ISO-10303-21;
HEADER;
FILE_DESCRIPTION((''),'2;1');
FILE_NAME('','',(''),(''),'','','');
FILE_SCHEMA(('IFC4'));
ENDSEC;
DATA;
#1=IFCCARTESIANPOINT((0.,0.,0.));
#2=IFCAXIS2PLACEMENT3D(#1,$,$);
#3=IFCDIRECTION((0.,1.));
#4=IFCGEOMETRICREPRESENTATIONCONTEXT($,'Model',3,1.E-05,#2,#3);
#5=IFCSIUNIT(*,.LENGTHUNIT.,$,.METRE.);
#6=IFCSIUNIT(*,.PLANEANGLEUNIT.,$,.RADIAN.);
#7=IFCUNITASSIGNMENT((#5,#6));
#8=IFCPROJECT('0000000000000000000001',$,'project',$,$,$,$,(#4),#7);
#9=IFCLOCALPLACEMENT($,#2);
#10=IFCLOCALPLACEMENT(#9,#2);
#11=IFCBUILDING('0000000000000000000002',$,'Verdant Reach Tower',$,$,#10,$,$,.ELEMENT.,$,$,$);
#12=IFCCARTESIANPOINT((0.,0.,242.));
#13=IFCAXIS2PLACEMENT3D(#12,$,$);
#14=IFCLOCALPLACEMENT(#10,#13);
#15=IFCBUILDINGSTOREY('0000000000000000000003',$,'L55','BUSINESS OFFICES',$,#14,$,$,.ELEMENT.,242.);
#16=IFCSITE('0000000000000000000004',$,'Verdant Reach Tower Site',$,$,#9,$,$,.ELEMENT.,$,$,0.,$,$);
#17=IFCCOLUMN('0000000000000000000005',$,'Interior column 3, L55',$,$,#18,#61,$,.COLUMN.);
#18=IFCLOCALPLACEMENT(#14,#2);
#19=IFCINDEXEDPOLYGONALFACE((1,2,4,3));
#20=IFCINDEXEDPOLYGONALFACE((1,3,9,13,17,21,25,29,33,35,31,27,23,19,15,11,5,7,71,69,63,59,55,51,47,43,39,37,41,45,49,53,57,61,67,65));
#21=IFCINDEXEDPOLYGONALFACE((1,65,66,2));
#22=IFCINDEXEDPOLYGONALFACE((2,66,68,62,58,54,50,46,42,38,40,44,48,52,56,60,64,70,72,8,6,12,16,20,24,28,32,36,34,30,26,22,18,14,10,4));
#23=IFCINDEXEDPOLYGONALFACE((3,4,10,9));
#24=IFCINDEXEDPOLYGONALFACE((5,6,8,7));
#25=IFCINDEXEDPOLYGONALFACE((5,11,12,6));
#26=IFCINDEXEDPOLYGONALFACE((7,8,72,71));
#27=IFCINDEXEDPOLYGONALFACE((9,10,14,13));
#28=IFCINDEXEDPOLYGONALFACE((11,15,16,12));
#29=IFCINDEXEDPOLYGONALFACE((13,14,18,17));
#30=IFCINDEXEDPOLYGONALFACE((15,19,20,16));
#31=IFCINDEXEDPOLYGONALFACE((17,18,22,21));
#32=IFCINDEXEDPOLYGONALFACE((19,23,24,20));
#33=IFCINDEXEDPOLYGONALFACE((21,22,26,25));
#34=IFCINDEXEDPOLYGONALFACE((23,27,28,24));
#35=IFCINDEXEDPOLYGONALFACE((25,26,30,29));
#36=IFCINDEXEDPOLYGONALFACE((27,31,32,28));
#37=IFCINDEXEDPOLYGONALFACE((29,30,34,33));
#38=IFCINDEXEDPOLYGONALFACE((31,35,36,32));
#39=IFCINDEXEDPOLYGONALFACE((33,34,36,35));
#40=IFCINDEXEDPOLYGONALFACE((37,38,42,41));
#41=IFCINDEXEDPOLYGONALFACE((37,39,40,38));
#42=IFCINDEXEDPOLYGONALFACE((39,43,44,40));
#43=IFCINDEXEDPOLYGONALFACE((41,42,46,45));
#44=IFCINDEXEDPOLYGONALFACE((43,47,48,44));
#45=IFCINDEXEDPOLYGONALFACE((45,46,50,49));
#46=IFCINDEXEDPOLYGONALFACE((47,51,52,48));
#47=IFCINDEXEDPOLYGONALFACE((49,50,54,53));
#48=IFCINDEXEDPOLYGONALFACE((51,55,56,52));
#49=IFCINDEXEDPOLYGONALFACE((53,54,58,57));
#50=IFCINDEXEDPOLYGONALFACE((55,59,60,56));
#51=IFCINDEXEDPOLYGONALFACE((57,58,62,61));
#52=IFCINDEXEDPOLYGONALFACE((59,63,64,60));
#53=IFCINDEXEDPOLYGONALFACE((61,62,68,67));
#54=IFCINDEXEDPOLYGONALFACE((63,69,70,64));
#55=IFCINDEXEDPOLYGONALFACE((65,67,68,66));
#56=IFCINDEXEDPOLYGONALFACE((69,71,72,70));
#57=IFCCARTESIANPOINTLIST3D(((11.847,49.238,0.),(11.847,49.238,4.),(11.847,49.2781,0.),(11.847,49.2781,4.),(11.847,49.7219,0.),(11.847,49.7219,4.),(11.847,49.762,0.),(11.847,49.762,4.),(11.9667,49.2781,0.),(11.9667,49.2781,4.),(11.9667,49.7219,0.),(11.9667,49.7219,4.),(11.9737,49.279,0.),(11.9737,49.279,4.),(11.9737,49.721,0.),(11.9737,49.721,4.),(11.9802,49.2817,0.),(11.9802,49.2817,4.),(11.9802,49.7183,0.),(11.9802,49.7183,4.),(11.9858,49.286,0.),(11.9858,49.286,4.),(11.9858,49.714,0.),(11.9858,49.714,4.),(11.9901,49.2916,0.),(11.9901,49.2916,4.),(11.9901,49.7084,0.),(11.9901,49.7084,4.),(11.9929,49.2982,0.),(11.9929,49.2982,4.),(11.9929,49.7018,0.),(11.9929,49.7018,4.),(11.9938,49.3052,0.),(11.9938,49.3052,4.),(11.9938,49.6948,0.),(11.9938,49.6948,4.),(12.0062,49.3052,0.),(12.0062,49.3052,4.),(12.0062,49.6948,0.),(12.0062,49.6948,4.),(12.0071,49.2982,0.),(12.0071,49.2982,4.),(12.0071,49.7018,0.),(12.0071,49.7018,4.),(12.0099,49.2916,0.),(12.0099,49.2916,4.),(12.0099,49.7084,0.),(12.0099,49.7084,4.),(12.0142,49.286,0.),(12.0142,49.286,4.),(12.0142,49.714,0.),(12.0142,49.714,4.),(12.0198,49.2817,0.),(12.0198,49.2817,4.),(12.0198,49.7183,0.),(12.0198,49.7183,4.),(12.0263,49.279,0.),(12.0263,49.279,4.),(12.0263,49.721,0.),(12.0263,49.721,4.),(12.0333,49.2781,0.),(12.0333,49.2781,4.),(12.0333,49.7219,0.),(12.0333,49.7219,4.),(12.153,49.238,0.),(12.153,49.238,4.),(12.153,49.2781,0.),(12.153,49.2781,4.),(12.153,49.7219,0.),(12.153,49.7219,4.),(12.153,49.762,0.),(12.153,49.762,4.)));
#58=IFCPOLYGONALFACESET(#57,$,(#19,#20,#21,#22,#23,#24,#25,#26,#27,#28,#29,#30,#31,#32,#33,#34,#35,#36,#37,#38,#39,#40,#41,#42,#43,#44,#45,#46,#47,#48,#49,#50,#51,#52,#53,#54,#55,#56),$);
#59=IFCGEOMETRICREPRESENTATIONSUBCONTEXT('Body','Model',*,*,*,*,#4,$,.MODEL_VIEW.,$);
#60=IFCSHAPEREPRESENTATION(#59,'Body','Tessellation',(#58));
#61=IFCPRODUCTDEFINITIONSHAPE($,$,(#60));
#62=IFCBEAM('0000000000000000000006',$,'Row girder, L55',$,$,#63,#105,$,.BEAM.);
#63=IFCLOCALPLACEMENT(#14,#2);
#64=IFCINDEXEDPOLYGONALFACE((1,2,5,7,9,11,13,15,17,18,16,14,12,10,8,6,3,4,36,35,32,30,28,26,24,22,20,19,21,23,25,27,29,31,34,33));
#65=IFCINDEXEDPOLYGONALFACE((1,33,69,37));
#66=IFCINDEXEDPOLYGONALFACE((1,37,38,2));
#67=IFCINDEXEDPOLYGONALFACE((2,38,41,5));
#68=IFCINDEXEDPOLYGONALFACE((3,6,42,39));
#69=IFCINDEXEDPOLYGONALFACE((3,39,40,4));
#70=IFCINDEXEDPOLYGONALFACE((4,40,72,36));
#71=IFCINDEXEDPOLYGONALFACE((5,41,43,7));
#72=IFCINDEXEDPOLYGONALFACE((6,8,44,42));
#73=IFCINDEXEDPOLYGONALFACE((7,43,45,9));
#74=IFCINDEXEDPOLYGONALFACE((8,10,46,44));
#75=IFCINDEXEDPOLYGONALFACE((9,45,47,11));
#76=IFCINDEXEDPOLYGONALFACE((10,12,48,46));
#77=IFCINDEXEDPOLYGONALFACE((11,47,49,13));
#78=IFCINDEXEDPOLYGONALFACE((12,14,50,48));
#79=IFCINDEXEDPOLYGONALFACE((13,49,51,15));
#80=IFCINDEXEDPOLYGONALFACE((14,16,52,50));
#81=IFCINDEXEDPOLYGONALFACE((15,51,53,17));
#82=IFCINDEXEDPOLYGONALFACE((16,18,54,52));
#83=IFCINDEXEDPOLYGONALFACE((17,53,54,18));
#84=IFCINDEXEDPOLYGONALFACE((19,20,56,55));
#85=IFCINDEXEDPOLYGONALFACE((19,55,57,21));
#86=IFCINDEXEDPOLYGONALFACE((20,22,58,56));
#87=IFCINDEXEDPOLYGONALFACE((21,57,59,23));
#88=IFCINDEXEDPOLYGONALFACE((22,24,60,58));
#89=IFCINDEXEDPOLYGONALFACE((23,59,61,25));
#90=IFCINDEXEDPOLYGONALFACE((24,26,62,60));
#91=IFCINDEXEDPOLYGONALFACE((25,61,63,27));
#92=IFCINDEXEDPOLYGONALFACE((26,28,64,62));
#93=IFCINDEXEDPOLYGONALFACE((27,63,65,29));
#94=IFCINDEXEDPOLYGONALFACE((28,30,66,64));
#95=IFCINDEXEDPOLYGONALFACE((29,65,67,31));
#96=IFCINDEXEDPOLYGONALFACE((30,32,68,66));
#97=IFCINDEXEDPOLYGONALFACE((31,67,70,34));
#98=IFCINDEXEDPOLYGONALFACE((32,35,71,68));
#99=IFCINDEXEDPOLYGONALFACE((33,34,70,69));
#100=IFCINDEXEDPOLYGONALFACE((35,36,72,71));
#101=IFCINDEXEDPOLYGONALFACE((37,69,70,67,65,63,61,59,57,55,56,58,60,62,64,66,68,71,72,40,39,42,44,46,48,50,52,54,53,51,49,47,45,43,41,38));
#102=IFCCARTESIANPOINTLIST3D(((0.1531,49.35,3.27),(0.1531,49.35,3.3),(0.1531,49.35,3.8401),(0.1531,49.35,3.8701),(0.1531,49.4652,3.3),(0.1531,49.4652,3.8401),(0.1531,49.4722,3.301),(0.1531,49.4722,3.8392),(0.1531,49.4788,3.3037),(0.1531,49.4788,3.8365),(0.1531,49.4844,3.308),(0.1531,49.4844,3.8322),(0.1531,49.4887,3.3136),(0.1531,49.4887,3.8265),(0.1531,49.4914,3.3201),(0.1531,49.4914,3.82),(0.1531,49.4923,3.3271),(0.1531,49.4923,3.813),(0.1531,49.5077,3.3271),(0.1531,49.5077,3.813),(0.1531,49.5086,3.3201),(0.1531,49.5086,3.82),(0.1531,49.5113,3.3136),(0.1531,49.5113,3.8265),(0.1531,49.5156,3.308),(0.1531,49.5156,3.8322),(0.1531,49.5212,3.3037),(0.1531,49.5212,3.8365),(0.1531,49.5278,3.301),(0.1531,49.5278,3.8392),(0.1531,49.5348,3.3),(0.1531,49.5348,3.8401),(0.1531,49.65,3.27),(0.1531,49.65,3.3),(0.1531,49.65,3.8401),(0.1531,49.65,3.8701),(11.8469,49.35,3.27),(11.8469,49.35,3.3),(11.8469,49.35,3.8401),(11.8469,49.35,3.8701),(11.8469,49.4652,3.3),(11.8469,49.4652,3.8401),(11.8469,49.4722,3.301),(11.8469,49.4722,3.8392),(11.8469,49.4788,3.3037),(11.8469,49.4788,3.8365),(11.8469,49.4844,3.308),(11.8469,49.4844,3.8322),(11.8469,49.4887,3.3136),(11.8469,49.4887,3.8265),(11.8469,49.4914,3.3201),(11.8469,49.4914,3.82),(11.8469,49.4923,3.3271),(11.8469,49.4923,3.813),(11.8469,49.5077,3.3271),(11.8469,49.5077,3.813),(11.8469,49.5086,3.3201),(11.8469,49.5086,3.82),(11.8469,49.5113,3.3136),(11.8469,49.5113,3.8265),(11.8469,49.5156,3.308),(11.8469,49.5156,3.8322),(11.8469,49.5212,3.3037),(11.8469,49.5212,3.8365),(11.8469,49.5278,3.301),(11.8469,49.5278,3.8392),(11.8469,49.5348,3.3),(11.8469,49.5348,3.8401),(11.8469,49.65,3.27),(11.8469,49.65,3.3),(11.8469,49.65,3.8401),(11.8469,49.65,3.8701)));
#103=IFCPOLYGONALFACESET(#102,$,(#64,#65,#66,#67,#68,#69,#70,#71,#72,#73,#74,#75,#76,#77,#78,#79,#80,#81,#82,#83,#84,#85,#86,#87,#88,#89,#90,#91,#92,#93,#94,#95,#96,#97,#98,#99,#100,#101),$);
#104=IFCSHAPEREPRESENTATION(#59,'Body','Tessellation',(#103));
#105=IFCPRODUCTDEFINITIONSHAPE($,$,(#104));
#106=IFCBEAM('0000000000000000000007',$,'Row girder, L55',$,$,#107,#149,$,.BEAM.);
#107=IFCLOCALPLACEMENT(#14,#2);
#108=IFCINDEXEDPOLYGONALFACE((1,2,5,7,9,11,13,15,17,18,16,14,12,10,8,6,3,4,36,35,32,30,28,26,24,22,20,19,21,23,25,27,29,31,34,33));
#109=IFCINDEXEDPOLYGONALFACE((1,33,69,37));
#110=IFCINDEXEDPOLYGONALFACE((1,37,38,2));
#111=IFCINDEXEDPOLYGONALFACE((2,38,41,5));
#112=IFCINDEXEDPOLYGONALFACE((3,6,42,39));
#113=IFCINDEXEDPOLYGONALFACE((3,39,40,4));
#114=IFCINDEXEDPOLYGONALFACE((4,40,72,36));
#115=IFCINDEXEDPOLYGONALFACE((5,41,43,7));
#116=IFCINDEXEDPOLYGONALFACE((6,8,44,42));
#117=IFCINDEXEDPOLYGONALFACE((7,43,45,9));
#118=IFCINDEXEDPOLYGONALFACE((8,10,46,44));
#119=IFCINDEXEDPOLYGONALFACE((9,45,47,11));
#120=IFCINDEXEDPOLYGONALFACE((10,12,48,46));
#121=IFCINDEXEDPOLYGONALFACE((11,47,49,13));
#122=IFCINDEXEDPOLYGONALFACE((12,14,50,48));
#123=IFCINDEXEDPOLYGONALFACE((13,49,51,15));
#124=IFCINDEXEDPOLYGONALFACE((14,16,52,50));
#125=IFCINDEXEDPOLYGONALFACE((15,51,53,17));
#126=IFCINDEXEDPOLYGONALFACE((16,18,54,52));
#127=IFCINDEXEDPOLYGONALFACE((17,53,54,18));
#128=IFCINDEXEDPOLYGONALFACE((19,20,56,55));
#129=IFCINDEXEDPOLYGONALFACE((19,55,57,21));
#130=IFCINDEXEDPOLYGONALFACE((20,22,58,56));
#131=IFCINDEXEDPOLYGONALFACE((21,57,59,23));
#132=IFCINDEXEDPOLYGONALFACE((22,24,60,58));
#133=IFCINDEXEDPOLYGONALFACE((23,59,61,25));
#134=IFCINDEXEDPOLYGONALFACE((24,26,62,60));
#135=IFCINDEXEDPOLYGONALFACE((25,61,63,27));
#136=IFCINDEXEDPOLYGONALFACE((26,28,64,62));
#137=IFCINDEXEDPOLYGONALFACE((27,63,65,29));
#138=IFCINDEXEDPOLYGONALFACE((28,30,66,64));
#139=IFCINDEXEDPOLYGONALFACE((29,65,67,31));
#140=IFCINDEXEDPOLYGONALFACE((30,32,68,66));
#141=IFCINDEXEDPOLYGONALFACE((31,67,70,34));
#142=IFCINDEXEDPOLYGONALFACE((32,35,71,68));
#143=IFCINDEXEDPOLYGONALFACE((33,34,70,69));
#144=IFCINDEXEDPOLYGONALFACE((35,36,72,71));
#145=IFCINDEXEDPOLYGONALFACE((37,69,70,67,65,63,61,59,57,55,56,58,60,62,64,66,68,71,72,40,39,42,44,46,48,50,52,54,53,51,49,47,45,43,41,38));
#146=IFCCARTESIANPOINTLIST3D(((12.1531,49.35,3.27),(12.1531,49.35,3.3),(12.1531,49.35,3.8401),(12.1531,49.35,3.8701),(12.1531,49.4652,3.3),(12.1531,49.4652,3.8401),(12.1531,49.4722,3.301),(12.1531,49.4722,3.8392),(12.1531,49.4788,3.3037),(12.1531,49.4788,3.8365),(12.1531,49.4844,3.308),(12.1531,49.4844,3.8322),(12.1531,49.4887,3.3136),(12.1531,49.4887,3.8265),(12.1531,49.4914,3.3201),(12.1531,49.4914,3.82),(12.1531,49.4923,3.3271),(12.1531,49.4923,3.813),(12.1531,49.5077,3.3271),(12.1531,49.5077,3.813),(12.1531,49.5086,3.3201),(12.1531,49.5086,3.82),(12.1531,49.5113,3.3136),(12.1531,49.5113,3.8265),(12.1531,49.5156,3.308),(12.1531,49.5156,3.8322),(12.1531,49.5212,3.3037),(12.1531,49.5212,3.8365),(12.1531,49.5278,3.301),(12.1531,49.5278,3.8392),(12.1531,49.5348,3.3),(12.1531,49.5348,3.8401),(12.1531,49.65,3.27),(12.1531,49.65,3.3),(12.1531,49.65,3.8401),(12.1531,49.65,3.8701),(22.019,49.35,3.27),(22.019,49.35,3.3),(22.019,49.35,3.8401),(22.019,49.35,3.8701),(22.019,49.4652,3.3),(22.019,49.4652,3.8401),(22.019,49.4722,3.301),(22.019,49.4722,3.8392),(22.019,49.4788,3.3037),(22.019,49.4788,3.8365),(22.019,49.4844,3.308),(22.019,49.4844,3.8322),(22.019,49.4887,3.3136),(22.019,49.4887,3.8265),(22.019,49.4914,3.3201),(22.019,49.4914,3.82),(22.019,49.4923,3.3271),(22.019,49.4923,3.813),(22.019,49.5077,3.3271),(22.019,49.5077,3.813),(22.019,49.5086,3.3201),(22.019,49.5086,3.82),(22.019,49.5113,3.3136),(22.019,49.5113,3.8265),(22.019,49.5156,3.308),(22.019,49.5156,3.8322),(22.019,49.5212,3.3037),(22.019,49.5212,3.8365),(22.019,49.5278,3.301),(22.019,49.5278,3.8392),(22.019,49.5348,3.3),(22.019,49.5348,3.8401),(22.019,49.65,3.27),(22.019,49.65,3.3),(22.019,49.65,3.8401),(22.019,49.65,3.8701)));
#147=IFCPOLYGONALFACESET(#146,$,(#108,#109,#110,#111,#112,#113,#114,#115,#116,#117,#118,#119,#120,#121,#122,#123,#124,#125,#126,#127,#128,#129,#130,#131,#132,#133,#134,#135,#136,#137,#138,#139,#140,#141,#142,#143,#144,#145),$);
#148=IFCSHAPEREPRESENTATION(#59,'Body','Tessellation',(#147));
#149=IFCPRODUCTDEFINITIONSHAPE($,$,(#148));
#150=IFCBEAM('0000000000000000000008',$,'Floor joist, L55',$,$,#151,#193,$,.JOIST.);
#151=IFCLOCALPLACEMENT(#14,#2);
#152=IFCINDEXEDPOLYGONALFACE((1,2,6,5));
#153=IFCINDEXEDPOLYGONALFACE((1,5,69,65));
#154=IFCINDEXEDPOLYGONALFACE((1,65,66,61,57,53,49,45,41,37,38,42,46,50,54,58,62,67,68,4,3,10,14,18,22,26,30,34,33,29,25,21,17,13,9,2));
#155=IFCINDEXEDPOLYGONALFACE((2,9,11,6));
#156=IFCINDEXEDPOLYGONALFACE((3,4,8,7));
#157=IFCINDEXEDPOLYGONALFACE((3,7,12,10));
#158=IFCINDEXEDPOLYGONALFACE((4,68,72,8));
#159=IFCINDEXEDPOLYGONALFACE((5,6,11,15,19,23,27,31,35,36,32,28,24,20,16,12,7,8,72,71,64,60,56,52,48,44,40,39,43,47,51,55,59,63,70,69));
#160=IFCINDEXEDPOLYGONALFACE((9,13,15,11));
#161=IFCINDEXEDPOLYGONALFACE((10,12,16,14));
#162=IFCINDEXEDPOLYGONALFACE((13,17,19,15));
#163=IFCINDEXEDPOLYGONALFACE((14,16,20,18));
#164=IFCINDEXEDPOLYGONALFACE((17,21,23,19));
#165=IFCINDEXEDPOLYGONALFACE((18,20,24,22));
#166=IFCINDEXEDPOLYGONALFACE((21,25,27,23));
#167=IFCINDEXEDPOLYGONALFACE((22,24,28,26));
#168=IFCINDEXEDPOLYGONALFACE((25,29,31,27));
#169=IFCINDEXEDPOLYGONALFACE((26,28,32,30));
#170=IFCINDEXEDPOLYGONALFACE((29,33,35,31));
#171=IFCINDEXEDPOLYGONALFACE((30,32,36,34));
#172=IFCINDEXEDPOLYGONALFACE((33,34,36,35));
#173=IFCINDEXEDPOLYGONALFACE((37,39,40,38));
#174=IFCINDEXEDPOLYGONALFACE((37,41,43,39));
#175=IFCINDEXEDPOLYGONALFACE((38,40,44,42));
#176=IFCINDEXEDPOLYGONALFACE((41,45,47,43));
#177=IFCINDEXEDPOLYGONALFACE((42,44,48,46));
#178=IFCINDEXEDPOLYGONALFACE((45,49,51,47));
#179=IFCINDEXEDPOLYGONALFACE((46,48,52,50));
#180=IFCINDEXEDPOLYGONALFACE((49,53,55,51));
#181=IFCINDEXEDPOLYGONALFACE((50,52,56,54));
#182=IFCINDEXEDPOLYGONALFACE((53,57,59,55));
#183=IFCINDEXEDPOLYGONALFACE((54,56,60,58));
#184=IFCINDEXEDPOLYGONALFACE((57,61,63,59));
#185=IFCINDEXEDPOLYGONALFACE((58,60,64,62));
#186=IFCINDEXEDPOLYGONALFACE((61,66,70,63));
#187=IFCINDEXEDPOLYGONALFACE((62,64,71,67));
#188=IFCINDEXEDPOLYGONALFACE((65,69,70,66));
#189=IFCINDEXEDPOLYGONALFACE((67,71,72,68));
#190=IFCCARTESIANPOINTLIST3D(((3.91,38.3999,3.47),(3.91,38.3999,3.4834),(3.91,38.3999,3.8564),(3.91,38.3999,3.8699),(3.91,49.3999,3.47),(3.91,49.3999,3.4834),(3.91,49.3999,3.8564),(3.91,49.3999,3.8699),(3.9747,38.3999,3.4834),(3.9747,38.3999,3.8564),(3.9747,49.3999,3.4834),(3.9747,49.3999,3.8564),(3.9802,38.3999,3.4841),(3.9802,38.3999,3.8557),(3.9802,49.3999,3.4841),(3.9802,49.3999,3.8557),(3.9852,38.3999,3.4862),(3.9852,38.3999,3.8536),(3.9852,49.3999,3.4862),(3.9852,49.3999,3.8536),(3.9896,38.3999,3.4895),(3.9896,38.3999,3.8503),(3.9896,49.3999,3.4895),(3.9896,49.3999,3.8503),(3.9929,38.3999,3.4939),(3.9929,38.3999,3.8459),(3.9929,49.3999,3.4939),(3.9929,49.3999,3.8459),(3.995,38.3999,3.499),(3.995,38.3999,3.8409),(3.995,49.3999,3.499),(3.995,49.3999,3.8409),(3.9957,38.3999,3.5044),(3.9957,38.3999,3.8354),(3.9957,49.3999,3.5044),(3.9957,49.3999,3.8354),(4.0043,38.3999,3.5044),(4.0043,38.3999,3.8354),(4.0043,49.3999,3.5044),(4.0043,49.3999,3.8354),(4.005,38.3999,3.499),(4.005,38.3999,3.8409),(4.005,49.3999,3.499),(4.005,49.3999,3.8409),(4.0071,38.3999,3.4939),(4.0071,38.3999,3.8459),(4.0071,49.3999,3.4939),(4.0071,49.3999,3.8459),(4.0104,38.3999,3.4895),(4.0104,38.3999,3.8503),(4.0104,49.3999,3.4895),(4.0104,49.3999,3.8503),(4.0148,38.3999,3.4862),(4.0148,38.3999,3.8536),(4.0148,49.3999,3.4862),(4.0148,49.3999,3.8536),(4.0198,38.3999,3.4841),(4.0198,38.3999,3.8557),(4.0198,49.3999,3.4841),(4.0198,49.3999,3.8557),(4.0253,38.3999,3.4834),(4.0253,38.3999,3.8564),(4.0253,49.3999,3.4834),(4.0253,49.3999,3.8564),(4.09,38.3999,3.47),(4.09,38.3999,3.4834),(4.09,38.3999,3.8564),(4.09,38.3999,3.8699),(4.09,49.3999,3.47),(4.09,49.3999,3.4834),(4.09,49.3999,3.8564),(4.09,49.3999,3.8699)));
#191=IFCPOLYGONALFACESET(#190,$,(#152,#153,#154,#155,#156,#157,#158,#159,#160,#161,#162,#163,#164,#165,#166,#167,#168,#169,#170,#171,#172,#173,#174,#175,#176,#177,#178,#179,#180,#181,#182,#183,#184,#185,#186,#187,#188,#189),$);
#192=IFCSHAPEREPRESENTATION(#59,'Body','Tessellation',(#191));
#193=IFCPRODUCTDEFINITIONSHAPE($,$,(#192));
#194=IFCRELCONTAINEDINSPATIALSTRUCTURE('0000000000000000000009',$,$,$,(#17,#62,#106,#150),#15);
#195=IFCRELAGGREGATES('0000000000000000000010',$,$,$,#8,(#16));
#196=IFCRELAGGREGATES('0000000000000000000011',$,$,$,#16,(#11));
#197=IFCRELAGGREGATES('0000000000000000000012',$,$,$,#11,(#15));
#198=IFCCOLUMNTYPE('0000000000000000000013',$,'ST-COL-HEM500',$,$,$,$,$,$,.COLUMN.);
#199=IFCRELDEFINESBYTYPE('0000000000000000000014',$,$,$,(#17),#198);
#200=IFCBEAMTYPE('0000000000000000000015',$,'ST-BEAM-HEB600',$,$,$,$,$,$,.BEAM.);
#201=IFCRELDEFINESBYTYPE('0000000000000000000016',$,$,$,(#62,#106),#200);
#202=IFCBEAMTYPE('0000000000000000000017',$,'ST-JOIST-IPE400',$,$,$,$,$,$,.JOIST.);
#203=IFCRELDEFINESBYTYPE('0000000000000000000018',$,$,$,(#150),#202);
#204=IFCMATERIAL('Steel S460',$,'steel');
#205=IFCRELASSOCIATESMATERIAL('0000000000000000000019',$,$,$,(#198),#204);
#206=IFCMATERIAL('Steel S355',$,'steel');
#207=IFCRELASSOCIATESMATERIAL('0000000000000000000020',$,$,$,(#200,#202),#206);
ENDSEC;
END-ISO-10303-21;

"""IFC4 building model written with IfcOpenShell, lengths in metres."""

from ifc_helpers import new_model, si_unit, direction, frame, origin, origin_2d, place, context, subcontext, project, spatial, i_section, extrude, material, material_profile, profile_set, type_object, element, save


model = new_model("IFC4")

# Units and contexts
model_context = context("Model", 3, precision=1e-05, world=origin(), true_north=direction((0.0, 1.0)))
body_context = subcontext(model_context, "Body", "Model", "MODEL_VIEW")
ifc_project = project(units=[si_unit("LENGTHUNIT", "METRE"), si_unit("PLANEANGLEUNIT", "RADIAN")], contexts=[model_context])

# Site, building, storey
site_placement = place(None, origin())
site = spatial("IfcSite", under=ifc_project, at=site_placement, Name="Verdant Reach Tower Site", CompositionType="ELEMENT", RefElevation=0.0)
building_placement = place(site_placement, origin())
building = spatial("IfcBuilding", under=site, at=building_placement, Name="Verdant Reach Tower", CompositionType="ELEMENT")
storey_placement = place(building_placement, frame((0.0, 0.0, 242.0)))
storey = spatial("IfcBuildingStorey", under=building, at=storey_placement, Name="L55", Description="BUSINESS OFFICES", CompositionType="ELEMENT", Elevation=242.0)

# Column
ifc_material_1 = material(Name="Steel S460", Category="steel")
ifc_material_profile_1 = material_profile(ifc_material_1, i_section(OverallWidth=0.3059, OverallDepth=0.5239, WebThickness=0.0125, FlangeThickness=0.04, FilletRadius=0.0271, at=origin_2d()), Name="HEM 500")
ifc_profile_set_1 = profile_set([ifc_material_profile_1], Name="Steel S460")
column_type = type_object("IfcColumnType", Name="ST-COL-HEM500", PredefinedType="COLUMN", material=ifc_profile_set_1)
column_placement = place(storey_placement, frame((12.0, 49.5, 0.0), z_axis=(0.0, 0.0, 1.0), x_axis=(1.0, 0.0, 0.0)))
element("IfcColumn", 1, at=column_placement, inside=storey, type_object=column_type, Name="Interior column 3, L55", PredefinedType="COLUMN", context=body_context, shape_type="SweptSolid", body=[
    extrude(i_section(OverallWidth=0.3059, OverallDepth=0.5239, WebThickness=0.0125, FlangeThickness=0.04, FilletRadius=0.0271, at=origin_2d()), origin(), (0.0, 0.0, 1.0), 4.0),
])

# Beams
ifc_material_2 = material(Name="Steel S355", Category="steel")
ifc_material_profile_2 = material_profile(ifc_material_2, i_section(OverallWidth=0.3, OverallDepth=0.6001, WebThickness=0.0154, FlangeThickness=0.03, FilletRadius=0.0271, at=origin_2d()), Name="HEB 600")
ifc_profile_set_2 = profile_set([ifc_material_profile_2], Name="Steel S355")
beam_type_1 = type_object("IfcBeamType", Name="ST-BEAM-HEB600", PredefinedType="BEAM", material=ifc_profile_set_2)
beam_1_placement = place(storey_placement, frame((0.1531, 49.5, 3.5701), z_axis=(1.0, 0.0, 0.0), x_axis=(0.0, 1.0, 0.0)))
element("IfcBeam", 2, at=beam_1_placement, inside=storey, type_object=beam_type_1, Name="Row girder, L55", PredefinedType="BEAM", context=body_context, shape_type="SweptSolid", body=[
    extrude(i_section(OverallWidth=0.3, OverallDepth=0.6001, WebThickness=0.0154, FlangeThickness=0.03, FilletRadius=0.0271, at=origin_2d()), origin(), (0.0, 0.0, 1.0), 11.6938),
])
beam_2_placement = place(storey_placement, frame((12.1531, 49.5, 3.5701), z_axis=(1.0, 0.0, 0.0), x_axis=(0.0, 1.0, 0.0)))
element("IfcBeam", 3, at=beam_2_placement, inside=storey, type_object=beam_type_1, Name="Row girder, L55", PredefinedType="BEAM", context=body_context, shape_type="SweptSolid", body=[
    extrude(i_section(OverallWidth=0.3, OverallDepth=0.6001, WebThickness=0.0154, FlangeThickness=0.03, FilletRadius=0.0271, at=origin_2d()), origin(), (0.0, 0.0, 1.0), 9.866),
])
ifc_material_profile_3 = material_profile(ifc_material_2, i_section(OverallWidth=0.1799, OverallDepth=0.3999, WebThickness=0.0085, FlangeThickness=0.0134, FilletRadius=0.021, at=origin_2d()), Name="IPE 400")
ifc_profile_set_3 = profile_set([ifc_material_profile_3], Name="Steel S355")
beam_type_2 = type_object("IfcBeamType", Name="ST-JOIST-IPE400", PredefinedType="JOIST", material=ifc_profile_set_3)
for number, where, z_axis, x_axis, name in (
    (4, (4.0, 38.3999, 3.6699), (0.0, 1.0, 0.0), (-1.0, 0.0, 0.0), "Floor joist, L55"),
):
    element("IfcBeam", number, at=place(storey_placement, frame(where, z_axis=z_axis, x_axis=x_axis)), inside=storey, type_object=beam_type_2, Name=name, PredefinedType="JOIST", context=body_context, shape_type="SweptSolid", body=[
        extrude(i_section(OverallWidth=0.1799, OverallDepth=0.3999, WebThickness=0.0085, FlangeThickness=0.0134, FilletRadius=0.021, at=origin_2d()), origin(), (0.0, 0.0, 1.0), 11.0),
    ])

save(model, "model.ifc")
